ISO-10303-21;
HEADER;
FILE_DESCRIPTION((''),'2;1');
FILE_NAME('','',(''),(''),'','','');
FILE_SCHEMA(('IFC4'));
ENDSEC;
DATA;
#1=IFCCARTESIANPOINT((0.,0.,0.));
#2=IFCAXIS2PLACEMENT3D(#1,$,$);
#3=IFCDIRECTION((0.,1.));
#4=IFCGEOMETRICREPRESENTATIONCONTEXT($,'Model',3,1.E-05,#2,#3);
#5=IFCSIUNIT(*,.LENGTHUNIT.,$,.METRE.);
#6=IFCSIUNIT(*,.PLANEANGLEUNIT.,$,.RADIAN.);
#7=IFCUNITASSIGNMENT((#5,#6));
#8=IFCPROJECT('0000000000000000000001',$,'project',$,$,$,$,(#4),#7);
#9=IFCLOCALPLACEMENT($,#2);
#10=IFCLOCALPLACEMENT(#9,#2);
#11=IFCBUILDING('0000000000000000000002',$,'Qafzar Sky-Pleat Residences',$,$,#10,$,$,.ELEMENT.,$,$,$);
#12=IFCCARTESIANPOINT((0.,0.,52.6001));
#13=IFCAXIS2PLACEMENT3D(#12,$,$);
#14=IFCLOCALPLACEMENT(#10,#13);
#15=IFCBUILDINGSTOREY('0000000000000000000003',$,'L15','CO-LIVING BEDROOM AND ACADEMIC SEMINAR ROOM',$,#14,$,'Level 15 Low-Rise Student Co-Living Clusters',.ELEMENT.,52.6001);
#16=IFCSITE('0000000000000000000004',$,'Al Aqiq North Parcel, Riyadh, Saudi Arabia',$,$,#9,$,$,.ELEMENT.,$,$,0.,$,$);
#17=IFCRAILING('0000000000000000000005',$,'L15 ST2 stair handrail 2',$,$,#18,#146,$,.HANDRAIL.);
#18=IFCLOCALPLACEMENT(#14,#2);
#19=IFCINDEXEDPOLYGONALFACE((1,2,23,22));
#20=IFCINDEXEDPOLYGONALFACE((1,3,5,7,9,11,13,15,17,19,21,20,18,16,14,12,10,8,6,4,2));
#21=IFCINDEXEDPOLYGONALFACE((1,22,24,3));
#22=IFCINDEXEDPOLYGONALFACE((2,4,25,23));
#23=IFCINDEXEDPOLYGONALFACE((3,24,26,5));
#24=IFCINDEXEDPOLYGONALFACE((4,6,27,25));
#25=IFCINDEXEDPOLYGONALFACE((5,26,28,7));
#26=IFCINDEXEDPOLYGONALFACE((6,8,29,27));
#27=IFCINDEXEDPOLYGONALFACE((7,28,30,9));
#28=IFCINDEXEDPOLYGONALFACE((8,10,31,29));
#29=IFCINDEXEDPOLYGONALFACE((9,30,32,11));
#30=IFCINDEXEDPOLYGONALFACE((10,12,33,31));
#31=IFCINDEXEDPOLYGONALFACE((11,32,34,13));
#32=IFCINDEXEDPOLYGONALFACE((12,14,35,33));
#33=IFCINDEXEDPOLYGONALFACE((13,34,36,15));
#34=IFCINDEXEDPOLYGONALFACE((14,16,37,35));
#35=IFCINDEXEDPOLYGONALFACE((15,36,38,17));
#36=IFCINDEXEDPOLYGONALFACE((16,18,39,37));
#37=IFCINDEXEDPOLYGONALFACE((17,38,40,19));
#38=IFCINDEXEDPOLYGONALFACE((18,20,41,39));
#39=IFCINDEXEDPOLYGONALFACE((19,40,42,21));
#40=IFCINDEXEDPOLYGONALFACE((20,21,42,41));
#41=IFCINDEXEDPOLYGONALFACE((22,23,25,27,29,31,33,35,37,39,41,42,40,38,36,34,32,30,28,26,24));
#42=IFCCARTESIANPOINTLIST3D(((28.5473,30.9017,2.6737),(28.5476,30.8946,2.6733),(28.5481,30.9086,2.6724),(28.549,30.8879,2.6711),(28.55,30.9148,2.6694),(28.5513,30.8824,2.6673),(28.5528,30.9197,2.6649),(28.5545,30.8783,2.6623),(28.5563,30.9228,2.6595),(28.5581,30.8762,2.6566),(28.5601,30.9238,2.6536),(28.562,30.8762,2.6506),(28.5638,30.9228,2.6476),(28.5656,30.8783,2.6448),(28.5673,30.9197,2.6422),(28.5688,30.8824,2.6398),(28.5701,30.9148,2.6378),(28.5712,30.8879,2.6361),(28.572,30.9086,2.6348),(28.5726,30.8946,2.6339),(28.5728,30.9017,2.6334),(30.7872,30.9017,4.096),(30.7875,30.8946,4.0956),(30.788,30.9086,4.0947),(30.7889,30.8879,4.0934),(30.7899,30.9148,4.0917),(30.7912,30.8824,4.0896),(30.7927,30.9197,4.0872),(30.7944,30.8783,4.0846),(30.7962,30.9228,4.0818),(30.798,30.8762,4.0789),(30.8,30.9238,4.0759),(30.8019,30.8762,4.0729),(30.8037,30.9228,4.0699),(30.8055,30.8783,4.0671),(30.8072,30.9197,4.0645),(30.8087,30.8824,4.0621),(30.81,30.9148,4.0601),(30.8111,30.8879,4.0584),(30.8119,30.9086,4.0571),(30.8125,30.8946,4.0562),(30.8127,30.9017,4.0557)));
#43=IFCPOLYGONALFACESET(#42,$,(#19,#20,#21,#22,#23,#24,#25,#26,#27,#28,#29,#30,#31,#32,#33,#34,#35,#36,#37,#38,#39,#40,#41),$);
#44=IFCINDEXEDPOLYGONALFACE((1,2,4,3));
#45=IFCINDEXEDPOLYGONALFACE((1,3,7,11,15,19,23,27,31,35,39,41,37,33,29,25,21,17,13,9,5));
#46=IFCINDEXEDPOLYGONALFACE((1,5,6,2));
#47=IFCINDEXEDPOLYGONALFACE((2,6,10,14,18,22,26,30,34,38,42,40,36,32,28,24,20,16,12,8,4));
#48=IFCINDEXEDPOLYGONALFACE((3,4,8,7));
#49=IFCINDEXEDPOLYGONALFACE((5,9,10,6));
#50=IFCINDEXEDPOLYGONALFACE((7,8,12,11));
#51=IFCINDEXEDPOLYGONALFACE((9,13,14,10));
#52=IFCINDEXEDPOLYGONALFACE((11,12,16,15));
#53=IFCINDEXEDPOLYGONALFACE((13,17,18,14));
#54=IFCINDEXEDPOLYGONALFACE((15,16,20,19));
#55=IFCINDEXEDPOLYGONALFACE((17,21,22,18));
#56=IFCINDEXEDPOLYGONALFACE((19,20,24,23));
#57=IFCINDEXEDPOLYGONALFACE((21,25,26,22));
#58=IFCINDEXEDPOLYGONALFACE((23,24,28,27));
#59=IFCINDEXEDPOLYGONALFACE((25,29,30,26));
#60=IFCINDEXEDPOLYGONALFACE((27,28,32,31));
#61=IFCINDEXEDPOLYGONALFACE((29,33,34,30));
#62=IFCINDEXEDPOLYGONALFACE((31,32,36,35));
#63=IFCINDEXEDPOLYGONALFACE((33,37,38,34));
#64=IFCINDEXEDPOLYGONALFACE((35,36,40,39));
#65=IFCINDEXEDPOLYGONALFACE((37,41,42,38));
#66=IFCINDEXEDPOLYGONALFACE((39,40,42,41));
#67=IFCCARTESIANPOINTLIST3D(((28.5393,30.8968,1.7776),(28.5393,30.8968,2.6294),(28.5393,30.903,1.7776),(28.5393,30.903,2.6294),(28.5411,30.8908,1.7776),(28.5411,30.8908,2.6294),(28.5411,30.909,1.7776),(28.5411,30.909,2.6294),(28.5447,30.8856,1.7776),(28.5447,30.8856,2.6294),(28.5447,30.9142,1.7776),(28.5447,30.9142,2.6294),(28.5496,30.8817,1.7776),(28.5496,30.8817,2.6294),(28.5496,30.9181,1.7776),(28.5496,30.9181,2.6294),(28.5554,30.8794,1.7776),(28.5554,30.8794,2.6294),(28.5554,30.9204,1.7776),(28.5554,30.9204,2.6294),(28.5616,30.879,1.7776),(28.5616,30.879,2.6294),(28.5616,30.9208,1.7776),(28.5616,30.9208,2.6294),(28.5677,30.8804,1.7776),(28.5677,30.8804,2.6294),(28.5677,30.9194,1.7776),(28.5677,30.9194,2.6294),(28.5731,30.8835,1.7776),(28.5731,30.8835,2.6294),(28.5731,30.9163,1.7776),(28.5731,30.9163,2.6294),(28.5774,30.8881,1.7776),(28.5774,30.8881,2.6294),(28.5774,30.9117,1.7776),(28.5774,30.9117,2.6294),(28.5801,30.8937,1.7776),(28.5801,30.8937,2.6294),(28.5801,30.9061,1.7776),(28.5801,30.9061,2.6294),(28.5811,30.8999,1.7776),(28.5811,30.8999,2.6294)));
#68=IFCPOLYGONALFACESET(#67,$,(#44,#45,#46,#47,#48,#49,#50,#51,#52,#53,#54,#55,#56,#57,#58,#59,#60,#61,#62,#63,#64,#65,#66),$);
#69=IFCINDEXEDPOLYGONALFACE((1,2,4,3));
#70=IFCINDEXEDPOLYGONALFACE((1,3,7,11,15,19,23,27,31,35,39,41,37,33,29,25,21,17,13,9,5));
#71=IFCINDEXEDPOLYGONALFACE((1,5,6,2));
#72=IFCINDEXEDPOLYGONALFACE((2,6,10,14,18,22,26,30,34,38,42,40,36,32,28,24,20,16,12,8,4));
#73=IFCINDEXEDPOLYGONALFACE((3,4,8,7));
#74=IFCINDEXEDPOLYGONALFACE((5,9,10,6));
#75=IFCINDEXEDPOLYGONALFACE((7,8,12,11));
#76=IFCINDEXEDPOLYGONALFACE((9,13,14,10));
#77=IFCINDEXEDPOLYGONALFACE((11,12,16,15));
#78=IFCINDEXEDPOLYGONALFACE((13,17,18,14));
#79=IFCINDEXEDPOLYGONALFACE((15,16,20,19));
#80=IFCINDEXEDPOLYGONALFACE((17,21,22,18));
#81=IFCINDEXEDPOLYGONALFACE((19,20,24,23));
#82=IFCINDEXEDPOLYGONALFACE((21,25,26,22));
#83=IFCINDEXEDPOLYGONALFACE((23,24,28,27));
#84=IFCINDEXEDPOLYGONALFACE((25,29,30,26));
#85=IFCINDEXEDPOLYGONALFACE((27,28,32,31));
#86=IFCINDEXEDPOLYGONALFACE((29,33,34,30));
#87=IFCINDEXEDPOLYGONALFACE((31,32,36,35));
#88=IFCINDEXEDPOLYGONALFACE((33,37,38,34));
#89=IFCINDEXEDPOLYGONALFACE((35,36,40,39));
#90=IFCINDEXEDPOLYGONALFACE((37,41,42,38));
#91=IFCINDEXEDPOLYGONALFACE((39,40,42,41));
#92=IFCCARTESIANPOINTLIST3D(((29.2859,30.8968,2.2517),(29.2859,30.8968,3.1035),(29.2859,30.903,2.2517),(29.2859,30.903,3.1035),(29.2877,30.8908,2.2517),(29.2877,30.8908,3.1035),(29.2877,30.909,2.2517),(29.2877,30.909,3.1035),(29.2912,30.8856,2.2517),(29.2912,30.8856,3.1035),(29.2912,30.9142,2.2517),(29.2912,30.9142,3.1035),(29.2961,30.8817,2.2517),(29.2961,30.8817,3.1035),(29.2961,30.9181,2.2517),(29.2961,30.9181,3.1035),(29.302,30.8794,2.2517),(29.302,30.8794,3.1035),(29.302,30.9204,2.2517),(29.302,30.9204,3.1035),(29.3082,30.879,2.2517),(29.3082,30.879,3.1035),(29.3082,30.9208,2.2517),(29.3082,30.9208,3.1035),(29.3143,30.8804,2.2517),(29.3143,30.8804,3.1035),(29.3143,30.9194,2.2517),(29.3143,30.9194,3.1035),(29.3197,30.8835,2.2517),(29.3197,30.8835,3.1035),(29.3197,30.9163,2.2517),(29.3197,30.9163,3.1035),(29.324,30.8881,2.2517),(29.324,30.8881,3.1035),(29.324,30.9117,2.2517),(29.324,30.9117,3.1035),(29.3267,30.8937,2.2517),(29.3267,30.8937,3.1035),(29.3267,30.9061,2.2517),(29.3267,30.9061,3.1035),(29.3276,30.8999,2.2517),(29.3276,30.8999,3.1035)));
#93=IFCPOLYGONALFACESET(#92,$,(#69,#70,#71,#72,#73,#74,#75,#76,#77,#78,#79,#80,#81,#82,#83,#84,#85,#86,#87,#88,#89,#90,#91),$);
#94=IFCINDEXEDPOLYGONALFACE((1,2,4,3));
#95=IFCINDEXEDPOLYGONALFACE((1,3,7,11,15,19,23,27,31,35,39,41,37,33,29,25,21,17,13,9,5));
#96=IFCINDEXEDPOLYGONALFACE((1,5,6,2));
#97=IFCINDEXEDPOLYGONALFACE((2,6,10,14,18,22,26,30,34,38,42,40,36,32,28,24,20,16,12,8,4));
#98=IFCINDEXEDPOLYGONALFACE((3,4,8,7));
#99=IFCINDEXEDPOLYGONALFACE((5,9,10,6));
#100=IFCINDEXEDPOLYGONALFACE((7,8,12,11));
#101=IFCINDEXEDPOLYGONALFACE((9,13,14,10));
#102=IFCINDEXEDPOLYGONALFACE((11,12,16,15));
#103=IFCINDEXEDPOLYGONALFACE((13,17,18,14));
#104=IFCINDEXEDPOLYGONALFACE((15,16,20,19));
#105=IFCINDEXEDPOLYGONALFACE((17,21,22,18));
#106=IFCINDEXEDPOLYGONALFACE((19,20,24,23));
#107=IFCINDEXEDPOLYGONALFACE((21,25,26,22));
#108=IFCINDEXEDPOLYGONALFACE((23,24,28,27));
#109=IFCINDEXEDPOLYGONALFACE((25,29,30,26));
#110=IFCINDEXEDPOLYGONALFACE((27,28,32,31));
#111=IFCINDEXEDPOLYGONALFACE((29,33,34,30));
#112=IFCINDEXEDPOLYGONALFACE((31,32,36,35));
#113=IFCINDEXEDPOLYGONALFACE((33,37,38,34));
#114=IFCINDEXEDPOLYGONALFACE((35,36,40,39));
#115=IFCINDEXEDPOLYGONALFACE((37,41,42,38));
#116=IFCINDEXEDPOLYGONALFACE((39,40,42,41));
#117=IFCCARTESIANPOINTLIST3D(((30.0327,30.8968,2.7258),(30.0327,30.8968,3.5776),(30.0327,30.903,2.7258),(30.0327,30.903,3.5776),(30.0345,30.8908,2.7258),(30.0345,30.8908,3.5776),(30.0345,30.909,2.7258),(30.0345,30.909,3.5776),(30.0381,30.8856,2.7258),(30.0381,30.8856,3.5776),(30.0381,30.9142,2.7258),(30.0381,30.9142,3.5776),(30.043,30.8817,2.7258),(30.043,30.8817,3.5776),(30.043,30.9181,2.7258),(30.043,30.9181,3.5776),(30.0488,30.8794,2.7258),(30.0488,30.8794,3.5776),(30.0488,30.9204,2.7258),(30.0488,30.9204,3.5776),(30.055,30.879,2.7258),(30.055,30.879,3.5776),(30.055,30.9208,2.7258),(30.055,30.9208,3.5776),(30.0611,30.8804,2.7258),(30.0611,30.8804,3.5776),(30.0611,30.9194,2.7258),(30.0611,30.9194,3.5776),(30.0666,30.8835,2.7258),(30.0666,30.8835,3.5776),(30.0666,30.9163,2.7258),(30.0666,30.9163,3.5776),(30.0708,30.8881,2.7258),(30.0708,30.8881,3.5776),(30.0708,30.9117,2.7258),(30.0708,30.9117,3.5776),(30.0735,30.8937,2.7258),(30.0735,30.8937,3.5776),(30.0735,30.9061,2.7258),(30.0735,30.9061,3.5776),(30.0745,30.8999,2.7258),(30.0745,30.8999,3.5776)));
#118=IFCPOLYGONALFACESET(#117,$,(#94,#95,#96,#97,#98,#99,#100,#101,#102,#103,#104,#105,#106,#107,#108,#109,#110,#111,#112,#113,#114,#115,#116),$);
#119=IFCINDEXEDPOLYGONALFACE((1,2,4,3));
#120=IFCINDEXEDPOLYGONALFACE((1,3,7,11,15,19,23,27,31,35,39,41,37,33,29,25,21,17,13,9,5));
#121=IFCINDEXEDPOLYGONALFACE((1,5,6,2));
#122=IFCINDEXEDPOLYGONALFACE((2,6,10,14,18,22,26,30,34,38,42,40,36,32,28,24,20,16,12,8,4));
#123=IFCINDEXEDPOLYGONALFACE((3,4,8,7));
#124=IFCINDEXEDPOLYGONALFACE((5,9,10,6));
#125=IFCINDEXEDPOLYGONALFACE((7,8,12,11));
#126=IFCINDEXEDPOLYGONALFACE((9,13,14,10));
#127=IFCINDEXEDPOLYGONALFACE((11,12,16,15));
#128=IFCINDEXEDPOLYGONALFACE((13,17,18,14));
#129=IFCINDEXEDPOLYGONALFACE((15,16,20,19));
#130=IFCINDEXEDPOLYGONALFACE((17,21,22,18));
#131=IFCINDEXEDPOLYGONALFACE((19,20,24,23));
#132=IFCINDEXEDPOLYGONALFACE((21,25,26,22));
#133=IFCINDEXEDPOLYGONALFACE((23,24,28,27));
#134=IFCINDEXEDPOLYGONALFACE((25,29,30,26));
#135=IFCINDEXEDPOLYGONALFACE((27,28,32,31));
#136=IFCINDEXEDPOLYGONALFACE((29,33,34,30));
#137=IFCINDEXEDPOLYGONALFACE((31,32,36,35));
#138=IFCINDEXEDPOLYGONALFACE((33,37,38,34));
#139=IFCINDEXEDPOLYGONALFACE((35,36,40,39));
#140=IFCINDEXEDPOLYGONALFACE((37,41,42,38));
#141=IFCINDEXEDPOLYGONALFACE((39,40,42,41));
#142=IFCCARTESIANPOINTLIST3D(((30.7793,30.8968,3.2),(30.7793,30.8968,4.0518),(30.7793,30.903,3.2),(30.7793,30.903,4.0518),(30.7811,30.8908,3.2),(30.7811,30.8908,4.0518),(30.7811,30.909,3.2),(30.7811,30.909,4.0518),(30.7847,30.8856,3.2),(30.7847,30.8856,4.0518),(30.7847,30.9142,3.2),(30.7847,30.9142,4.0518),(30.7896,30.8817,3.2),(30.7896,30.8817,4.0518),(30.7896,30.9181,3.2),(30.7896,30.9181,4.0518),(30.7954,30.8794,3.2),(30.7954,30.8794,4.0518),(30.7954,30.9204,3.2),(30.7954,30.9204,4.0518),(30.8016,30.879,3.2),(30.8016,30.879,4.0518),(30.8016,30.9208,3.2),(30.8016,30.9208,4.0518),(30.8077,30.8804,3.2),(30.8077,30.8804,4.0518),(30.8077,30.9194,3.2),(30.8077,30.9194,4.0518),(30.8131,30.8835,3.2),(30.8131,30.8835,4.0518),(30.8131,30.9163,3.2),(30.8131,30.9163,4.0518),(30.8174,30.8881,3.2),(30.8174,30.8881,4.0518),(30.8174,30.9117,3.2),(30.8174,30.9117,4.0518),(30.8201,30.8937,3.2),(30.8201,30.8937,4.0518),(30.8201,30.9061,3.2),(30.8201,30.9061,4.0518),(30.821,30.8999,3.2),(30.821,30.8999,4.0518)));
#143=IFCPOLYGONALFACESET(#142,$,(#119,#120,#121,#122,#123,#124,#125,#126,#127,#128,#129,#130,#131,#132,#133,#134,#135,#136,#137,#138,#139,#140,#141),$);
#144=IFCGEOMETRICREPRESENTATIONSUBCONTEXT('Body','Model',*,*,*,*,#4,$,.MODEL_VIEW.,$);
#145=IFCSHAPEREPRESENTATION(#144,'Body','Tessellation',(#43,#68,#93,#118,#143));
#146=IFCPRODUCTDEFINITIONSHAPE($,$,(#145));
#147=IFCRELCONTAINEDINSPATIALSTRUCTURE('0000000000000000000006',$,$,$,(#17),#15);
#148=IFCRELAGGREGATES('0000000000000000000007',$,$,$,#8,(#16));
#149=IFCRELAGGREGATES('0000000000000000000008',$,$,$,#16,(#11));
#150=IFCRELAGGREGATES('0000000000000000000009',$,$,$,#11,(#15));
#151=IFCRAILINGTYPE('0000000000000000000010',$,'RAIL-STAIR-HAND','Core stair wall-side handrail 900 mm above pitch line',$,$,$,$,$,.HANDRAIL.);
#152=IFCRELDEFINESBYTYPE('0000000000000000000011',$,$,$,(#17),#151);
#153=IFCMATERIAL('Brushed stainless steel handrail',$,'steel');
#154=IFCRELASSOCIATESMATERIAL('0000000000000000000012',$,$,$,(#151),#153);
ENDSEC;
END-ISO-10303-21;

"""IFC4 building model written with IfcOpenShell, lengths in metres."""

from ifc_helpers import new_model, si_unit, direction, frame, origin, origin_2d, place, context, subcontext, project, spatial, circle, extrude, source, transform, mapped, material, type_object, element, save


model = new_model("IFC4")

# Units and contexts
model_context = context("Model", 3, precision=1e-05, world=origin(), true_north=direction((0.0, 1.0)))
body_context = subcontext(model_context, "Body", "Model", "MODEL_VIEW")
ifc_project = project(units=[si_unit("LENGTHUNIT", "METRE"), si_unit("PLANEANGLEUNIT", "RADIAN")], contexts=[model_context])

# Site, building, storey
site_placement = place(None, origin())
site = spatial("IfcSite", under=ifc_project, at=site_placement, Name="Al Aqiq North Parcel, Riyadh, Saudi Arabia", CompositionType="ELEMENT", RefElevation=0.0)
building_placement = place(site_placement, origin())
building = spatial("IfcBuilding", under=site, at=building_placement, Name="Qafzar Sky-Pleat Residences", CompositionType="ELEMENT")
storey_placement = place(building_placement, frame((0.0, 0.0, 52.6001)))
storey = spatial("IfcBuildingStorey", under=building, at=storey_placement, Name="L15", Description="CO-LIVING BEDROOM AND ACADEMIC SEMINAR ROOM", LongName="Level 15 Low-Rise Student Co-Living Clusters", CompositionType="ELEMENT", Elevation=52.6001)

# Railing
ifc_material_1 = material(Name="Brushed stainless steel handrail", Category="steel")
railing_type_1 = type_object("IfcRailingType", Name="RAIL-STAIR-HAND", Description="Core stair wall-side handrail 900 mm above pitch line", PredefinedType="HANDRAIL", material=ifc_material_1)
shared_shape_1 = source(origin(), body_context, "Body", "SweptSolid", [
    extrude(circle(Radius=0.0239, at=origin_2d()), frame((0.0, 0.0, 0.876), z_axis=(0.844188, 0.0, 0.536048), x_axis=(0.0, 1.0, 0.0)), (0.0, 0.0, 1.0), 2.6533),
    extrude(circle(Radius=0.021, at=origin_2d()), origin(), (0.0, 0.0, 1.0), 0.8518),
    extrude(circle(Radius=0.021, at=origin_2d()), frame((0.7466, 0.0, 0.4741)), (0.0, 0.0, 1.0), 0.8518),
    extrude(circle(Radius=0.021, at=origin_2d()), frame((1.4934, 0.0, 0.9482)), (0.0, 0.0, 1.0), 0.8518),
    extrude(circle(Radius=0.021, at=origin_2d()), frame((2.24, 0.0, 1.4224)), (0.0, 0.0, 1.0), 0.8518),
])
railing_1_placement = place(storey_placement, frame((28.5601, 30.8999, 1.7776)))
element("IfcRailing", 1, at=railing_1_placement, inside=storey, type_object=railing_type_1, Name="L15 ST2 stair handrail 2", PredefinedType="HANDRAIL", context=body_context, shape_type="MappedRepresentation", body=[
    mapped(shared_shape_1, transform((0.0, 0.0, 0.0), x_axis=(1.0, 0.0, 0.0), y_axis=(0.0, 1.0, 0.0), z_axis=(0.0, 0.0, 1.0), scale=1.0)),
])

save(model, "model.ifc")
